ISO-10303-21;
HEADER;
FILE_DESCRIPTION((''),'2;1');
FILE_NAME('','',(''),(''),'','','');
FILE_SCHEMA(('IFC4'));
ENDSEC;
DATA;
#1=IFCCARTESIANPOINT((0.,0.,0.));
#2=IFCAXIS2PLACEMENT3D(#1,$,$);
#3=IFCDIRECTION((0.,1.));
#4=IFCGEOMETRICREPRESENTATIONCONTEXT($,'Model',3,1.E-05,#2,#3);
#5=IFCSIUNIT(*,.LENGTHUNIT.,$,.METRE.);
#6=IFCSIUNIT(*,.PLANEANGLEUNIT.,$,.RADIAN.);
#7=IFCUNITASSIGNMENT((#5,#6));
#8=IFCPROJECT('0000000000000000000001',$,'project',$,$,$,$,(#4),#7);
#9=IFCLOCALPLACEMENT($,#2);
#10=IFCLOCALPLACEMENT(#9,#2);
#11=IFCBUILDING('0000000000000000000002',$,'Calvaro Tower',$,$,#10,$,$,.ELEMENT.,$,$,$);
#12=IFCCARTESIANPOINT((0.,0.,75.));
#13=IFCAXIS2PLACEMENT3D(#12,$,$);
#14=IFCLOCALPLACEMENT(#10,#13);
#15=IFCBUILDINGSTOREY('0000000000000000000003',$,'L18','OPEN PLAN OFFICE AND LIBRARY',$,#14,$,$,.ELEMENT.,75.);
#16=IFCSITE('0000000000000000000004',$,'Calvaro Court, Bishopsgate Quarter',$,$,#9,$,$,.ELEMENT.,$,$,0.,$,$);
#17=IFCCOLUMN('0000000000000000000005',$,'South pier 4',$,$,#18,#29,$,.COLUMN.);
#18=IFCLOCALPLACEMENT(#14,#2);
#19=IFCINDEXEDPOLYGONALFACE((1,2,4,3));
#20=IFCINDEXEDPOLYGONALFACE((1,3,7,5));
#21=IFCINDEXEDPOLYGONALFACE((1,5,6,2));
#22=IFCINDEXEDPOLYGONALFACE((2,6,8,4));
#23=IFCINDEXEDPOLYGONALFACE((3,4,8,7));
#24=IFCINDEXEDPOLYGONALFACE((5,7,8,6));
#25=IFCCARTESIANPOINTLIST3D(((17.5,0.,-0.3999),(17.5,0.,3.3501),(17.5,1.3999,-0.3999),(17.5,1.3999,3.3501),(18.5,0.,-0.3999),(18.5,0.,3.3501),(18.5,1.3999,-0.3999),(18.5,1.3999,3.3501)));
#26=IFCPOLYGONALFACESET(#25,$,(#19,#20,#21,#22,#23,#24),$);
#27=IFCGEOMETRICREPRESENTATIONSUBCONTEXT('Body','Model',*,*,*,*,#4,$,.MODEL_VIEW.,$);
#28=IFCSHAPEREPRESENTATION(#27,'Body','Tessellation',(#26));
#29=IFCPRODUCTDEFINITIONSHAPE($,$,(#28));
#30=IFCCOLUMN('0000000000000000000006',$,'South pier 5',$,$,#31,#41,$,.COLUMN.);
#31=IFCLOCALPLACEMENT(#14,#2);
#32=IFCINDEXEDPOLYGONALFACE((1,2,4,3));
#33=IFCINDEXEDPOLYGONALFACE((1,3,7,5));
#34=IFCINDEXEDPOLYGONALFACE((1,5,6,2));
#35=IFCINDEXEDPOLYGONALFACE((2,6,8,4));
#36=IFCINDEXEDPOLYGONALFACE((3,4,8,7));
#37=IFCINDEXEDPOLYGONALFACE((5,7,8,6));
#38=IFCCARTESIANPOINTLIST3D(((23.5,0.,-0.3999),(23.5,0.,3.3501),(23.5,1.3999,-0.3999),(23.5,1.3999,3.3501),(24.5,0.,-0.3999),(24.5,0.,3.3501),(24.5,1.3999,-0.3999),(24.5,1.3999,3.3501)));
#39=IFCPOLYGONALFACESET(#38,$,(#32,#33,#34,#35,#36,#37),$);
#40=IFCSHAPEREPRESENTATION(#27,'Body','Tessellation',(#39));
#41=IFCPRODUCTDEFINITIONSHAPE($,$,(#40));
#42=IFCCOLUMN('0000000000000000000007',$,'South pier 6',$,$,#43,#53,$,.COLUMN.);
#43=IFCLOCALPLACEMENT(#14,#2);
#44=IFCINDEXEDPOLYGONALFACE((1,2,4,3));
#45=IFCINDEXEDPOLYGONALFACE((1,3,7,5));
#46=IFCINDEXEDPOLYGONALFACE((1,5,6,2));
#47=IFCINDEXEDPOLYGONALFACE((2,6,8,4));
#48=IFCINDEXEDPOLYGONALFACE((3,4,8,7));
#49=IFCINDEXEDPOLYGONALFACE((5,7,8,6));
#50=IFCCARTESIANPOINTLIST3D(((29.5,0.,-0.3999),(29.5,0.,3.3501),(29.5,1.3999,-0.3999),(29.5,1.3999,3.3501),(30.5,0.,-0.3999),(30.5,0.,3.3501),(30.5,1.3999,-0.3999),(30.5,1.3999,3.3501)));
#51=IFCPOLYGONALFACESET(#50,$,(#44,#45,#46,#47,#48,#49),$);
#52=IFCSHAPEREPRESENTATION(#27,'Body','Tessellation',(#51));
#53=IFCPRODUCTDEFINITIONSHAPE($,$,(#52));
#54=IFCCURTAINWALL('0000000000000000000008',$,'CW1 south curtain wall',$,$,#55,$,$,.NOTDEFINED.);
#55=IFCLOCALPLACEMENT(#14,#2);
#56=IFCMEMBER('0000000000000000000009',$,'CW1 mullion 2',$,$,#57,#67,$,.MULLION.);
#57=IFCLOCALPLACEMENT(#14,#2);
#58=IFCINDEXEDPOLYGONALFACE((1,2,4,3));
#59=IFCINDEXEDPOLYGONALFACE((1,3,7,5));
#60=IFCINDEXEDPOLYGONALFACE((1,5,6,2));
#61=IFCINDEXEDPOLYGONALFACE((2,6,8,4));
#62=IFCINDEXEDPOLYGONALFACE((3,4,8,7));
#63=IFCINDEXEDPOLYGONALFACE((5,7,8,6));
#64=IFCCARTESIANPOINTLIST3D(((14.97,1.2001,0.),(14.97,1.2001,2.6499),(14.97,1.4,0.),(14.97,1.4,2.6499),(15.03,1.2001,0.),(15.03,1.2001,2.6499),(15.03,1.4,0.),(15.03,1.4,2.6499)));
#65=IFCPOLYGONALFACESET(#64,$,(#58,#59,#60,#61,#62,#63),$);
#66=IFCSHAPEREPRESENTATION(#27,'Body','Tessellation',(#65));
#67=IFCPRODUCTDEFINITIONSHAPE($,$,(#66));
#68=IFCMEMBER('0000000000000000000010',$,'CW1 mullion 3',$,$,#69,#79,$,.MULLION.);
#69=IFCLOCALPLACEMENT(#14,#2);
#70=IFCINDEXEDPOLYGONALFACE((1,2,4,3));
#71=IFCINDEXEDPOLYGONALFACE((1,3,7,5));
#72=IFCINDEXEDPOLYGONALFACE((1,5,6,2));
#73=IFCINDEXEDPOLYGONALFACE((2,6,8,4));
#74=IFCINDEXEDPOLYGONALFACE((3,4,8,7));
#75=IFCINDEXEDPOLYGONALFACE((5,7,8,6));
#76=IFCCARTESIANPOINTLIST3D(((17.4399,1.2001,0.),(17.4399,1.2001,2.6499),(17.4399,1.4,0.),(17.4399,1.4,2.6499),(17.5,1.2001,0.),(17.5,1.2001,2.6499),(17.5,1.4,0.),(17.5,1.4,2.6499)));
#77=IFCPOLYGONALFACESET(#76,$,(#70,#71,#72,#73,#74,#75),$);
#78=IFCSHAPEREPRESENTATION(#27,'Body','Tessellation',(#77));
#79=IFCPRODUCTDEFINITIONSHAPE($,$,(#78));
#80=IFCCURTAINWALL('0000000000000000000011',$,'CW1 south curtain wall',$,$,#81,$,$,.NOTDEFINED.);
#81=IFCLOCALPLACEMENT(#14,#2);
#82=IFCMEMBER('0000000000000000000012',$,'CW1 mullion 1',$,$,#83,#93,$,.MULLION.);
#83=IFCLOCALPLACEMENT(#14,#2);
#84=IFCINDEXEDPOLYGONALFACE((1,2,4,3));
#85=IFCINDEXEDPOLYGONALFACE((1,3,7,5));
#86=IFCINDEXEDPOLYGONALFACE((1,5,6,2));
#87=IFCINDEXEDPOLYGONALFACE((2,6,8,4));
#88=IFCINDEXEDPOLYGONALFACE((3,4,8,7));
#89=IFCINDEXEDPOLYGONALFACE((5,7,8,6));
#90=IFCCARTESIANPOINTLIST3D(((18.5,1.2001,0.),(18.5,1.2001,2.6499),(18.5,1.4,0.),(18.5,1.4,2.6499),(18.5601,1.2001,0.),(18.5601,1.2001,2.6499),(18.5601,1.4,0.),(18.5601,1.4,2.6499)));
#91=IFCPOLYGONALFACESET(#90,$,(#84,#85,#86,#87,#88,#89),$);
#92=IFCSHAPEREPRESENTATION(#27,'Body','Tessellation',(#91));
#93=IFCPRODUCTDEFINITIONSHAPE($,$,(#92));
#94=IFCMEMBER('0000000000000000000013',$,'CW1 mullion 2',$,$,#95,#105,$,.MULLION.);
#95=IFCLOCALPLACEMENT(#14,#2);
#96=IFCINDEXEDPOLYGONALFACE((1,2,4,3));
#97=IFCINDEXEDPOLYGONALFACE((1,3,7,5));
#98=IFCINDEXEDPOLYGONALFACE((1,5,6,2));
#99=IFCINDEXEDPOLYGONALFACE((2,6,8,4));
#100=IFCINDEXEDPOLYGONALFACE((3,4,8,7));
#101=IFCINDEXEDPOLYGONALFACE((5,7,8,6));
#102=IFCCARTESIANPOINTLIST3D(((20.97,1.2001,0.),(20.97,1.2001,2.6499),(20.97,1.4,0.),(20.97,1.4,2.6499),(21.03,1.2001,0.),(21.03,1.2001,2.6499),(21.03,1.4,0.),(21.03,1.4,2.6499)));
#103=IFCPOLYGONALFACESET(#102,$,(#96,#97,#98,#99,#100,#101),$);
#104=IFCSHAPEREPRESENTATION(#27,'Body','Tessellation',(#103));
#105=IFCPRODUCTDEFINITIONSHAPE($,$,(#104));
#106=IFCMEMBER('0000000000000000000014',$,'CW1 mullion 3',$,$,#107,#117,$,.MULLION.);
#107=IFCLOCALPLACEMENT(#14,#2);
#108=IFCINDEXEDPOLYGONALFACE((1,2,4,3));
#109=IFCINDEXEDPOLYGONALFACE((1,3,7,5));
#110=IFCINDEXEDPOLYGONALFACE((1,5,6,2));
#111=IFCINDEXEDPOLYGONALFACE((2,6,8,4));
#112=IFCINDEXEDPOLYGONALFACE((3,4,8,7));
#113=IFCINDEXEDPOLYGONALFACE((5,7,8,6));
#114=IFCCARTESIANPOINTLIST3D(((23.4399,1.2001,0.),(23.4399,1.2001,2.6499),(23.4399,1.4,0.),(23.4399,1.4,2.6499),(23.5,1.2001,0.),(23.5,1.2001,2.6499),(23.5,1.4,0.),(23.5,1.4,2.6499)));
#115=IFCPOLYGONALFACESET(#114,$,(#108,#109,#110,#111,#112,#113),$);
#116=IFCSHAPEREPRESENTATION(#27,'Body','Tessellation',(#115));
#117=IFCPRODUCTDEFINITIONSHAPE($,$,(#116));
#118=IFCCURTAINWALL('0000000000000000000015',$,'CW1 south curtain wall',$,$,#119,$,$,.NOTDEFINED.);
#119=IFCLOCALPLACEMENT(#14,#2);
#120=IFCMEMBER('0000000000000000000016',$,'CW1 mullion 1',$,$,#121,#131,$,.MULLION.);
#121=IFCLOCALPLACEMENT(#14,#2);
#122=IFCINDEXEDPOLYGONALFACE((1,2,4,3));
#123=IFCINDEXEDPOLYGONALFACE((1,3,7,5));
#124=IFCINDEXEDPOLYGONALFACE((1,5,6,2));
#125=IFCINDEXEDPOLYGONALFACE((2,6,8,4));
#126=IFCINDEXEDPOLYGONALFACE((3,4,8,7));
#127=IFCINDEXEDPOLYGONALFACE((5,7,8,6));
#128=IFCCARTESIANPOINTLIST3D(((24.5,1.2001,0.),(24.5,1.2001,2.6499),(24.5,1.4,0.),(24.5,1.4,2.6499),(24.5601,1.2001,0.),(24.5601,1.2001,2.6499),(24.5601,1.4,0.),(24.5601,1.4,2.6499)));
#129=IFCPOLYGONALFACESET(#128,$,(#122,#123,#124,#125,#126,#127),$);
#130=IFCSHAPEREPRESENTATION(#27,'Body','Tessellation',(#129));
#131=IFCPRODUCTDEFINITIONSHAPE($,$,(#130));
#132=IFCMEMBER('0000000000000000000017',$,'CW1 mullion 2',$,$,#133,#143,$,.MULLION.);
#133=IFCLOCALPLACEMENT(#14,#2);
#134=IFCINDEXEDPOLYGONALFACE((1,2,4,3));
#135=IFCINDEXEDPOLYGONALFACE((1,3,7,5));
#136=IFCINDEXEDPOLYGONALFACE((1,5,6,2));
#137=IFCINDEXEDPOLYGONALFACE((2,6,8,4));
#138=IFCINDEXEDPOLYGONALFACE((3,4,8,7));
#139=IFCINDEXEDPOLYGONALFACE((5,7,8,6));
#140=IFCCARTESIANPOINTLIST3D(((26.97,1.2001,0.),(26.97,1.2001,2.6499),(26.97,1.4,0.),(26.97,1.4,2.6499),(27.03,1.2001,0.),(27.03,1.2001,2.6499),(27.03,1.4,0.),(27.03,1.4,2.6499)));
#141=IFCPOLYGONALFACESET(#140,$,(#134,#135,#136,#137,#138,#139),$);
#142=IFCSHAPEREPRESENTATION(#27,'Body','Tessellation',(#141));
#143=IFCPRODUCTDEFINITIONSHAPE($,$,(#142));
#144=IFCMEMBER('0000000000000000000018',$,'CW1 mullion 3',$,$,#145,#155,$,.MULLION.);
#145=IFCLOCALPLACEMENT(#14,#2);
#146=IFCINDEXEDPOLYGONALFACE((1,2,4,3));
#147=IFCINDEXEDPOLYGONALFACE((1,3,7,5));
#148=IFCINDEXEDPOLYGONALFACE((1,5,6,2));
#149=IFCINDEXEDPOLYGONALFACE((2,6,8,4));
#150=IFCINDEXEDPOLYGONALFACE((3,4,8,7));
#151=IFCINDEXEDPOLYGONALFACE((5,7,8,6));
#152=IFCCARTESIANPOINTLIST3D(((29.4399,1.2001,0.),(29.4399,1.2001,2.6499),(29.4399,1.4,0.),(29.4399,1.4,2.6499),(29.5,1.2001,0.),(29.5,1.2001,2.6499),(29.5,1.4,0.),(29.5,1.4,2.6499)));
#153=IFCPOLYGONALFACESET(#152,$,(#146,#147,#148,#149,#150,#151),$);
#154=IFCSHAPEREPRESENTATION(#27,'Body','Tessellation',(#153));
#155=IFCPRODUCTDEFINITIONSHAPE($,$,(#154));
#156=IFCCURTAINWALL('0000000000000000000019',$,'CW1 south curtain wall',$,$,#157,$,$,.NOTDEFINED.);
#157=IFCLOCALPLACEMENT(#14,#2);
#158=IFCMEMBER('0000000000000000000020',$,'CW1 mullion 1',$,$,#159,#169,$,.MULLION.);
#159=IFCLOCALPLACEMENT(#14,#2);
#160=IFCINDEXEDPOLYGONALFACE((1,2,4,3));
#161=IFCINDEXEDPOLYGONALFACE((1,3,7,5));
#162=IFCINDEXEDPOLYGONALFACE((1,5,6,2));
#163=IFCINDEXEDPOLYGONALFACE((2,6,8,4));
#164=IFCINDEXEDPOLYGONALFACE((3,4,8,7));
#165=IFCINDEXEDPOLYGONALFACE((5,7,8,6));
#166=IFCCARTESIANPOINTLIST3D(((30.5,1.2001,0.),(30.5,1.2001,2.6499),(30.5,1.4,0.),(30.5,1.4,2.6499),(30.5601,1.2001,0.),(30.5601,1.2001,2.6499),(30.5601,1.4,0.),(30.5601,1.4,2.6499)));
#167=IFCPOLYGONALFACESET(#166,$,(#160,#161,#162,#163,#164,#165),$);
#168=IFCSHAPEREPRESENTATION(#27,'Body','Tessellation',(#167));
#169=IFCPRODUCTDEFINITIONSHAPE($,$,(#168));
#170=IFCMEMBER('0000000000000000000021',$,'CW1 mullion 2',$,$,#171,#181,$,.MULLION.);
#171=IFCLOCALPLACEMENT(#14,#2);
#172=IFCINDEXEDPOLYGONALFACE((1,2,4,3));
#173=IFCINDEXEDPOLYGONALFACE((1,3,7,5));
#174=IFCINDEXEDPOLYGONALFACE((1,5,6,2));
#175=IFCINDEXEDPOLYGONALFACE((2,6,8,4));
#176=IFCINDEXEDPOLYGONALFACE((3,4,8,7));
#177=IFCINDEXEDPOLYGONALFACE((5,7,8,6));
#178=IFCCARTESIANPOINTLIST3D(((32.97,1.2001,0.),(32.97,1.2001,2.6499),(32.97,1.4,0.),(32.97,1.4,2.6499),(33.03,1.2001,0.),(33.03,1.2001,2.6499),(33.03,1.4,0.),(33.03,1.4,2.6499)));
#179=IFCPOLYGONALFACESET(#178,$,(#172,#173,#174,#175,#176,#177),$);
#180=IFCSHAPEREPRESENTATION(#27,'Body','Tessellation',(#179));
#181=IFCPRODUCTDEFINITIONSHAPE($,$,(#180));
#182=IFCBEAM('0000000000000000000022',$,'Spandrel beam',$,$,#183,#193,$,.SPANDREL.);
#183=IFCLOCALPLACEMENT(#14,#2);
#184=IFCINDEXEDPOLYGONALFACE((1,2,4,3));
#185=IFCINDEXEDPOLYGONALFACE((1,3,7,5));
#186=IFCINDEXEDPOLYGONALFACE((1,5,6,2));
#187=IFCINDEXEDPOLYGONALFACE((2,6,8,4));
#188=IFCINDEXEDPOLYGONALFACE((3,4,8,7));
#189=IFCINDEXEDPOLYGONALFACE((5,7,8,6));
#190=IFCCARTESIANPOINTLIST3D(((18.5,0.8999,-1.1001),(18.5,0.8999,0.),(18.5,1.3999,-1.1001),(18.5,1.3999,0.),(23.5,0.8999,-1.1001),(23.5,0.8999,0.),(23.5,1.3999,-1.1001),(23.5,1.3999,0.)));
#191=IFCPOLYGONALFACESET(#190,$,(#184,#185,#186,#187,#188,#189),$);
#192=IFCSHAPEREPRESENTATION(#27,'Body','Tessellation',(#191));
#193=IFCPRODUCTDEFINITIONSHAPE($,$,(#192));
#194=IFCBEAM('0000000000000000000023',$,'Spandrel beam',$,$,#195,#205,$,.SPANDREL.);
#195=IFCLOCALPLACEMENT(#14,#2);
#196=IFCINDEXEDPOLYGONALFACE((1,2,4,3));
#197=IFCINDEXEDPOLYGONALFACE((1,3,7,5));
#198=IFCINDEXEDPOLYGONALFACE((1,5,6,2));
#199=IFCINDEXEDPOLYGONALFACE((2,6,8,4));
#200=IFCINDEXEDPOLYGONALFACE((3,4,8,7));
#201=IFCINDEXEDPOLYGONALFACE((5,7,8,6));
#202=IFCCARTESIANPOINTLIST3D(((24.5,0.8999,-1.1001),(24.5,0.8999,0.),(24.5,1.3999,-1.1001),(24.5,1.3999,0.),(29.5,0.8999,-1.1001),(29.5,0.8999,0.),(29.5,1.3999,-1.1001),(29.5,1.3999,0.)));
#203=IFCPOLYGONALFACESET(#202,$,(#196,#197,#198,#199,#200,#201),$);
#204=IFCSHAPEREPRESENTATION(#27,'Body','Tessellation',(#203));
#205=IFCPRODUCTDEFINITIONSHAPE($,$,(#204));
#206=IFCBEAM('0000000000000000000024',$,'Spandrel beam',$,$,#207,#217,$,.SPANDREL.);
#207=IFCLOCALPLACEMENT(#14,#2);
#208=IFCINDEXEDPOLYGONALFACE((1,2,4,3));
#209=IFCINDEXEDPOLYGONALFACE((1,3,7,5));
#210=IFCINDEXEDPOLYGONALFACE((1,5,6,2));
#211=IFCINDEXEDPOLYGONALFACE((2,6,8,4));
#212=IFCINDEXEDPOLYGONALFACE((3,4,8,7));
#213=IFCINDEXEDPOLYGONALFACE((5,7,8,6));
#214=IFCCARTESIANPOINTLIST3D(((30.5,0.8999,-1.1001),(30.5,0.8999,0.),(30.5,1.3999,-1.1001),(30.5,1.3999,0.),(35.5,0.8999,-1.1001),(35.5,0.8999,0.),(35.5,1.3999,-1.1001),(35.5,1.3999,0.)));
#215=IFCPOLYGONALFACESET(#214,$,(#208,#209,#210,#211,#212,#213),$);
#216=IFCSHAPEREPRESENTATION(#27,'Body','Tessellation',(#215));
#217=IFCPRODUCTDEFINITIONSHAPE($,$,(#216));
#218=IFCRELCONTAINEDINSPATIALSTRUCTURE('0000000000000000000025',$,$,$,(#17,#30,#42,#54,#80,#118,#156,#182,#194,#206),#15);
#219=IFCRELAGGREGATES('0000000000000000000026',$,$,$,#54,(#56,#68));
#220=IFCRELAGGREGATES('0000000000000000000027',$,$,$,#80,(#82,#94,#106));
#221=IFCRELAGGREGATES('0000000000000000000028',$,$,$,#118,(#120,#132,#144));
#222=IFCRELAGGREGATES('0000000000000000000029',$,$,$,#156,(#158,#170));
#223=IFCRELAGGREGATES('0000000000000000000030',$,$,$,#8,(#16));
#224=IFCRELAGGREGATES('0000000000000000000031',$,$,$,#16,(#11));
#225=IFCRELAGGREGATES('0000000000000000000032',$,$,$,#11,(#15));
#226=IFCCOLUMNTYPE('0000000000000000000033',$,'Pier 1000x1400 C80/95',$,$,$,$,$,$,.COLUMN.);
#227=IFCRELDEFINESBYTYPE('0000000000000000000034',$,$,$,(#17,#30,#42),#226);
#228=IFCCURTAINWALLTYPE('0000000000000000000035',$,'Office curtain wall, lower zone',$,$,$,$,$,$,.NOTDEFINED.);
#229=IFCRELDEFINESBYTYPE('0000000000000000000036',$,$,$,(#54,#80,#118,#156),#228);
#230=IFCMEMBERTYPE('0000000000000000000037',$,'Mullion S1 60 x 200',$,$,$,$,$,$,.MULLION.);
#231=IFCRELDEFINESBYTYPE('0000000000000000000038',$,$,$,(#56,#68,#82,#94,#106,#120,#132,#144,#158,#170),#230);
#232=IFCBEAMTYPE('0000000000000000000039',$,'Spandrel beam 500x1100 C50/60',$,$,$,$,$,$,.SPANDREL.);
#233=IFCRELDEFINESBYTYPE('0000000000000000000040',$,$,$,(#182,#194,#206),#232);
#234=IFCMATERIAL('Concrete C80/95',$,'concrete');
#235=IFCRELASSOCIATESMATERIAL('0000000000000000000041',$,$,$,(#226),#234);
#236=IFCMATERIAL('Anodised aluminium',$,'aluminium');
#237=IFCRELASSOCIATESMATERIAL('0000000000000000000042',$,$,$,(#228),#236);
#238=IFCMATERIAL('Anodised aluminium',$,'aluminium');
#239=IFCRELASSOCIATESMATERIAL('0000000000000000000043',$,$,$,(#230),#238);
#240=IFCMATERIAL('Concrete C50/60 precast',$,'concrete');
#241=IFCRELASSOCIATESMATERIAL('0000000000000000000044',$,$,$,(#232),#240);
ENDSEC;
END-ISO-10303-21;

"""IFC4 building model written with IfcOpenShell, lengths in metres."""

from ifc_helpers import new_model, si_unit, direction, frame, origin, origin_2d, place, context, subcontext, project, spatial, rectangle, extrude, material, material_profile, profile_set, type_object, element, aggregate, save


model = new_model("IFC4")

# Units and contexts
model_context = context("Model", 3, precision=1e-05, world=origin(), true_north=direction((0.0, 1.0)))
body_context = subcontext(model_context, "Body", "Model", "MODEL_VIEW")
ifc_project = project(units=[si_unit("LENGTHUNIT", "METRE"), si_unit("PLANEANGLEUNIT", "RADIAN")], contexts=[model_context])

# Site, building, storey
site_placement = place(None, origin())
site = spatial("IfcSite", under=ifc_project, at=site_placement, Name="Calvaro Court, Bishopsgate Quarter", CompositionType="ELEMENT", RefElevation=0.0)
building_placement = place(site_placement, origin())
building = spatial("IfcBuilding", under=site, at=building_placement, Name="Calvaro Tower", CompositionType="ELEMENT")
storey_placement = place(building_placement, frame((0.0, 0.0, 75.0)))
storey = spatial("IfcBuildingStorey", under=building, at=storey_placement, Name="L18", Description="OPEN PLAN OFFICE AND LIBRARY", CompositionType="ELEMENT", Elevation=75.0)

# Columns
ifc_material_1 = material(Name="Concrete C80/95", Category="concrete")
ifc_material_profile_1 = material_profile(ifc_material_1, rectangle(XDim=1.0, YDim=1.3999, at=origin_2d()), Name="RC 1000x1400")
ifc_profile_set_1 = profile_set([ifc_material_profile_1], Name="Concrete C80/95")
column_type = type_object("IfcColumnType", Name="Pier 1000x1400 C80/95", PredefinedType="COLUMN", material=ifc_profile_set_1)
for number, where, z_axis, x_axis, name in (
    (1, (18.0, 0.7, -0.3999), (0.0, 0.0, 1.0), (1.0, 0.0, 0.0), "South pier 4"),
    (2, (24.0, 0.7, -0.3999), (0.0, 0.0, 1.0), (1.0, 0.0, 0.0), "South pier 5"),
    (3, (30.0, 0.7, -0.3999), (0.0, 0.0, 1.0), (1.0, 0.0, 0.0), "South pier 6"),
):
    element("IfcColumn", number, at=place(storey_placement, frame(where, z_axis=z_axis, x_axis=x_axis)), inside=storey, type_object=column_type, Name=name, PredefinedType="COLUMN", context=body_context, shape_type="SweptSolid", body=[
        extrude(rectangle(XDim=1.0, YDim=1.3999, at=origin_2d()), origin(), (0.0, 0.0, 1.0), 3.75),
    ])

# Curtain walls, members
ifc_material_2 = material(Name="Anodised aluminium", Category="aluminium")
curtain_wall_type = type_object("IfcCurtainWallType", Name="Office curtain wall, lower zone", PredefinedType="NOTDEFINED", material=ifc_material_2)
curtain_wall_1_placement = place(storey_placement, origin())
curtain_wall_1 = element("IfcCurtainWall", 4, at=curtain_wall_1_placement, inside=storey, type_object=curtain_wall_type, Name="CW1 south curtain wall", PredefinedType="NOTDEFINED")
ifc_material_3 = material(Name="Anodised aluminium", Category="aluminium")
ifc_material_profile_2 = material_profile(ifc_material_3, rectangle(XDim=0.2, YDim=0.0601, at=origin_2d()), Name="Mullion S1 60 x 200")
ifc_profile_set_2 = profile_set([ifc_material_profile_2], Name="Anodised aluminium")
member_type_1 = type_object("IfcMemberType", Name="Mullion S1 60 x 200", PredefinedType="MULLION", material=ifc_profile_set_2)
member_1_placement = place(storey_placement, frame((15.0, 1.3, 0.0), z_axis=(0.0, 0.0, 1.0), x_axis=(0.0, 1.0, 0.0)))
member_1 = element("IfcMember", 5, at=member_1_placement, type_object=member_type_1, Name="CW1 mullion 2", PredefinedType="MULLION", context=body_context, shape_type="SweptSolid", body=[
    extrude(rectangle(XDim=0.2, YDim=0.0601, at=origin_2d()), origin(), (0.0, 0.0, 1.0), 2.6499),
])
member_2_placement = place(storey_placement, frame((17.47, 1.3, 0.0), z_axis=(0.0, 0.0, 1.0), x_axis=(0.0, 1.0, 0.0)))
member_2 = element("IfcMember", 6, at=member_2_placement, type_object=member_type_1, Name="CW1 mullion 3", PredefinedType="MULLION", context=body_context, shape_type="SweptSolid", body=[
    extrude(rectangle(XDim=0.2, YDim=0.0601, at=origin_2d()), origin(), (0.0, 0.0, 1.0), 2.6499),
])
curtain_wall_2_placement = place(storey_placement, origin())
curtain_wall_2 = element("IfcCurtainWall", 7, at=curtain_wall_2_placement, inside=storey, type_object=curtain_wall_type, Name="CW1 south curtain wall", PredefinedType="NOTDEFINED")
member_3_placement = place(storey_placement, frame((18.53, 1.3, 0.0), z_axis=(0.0, 0.0, 1.0), x_axis=(0.0, 1.0, 0.0)))
member_3 = element("IfcMember", 8, at=member_3_placement, type_object=member_type_1, Name="CW1 mullion 1", PredefinedType="MULLION", context=body_context, shape_type="SweptSolid", body=[
    extrude(rectangle(XDim=0.2, YDim=0.0601, at=origin_2d()), origin(), (0.0, 0.0, 1.0), 2.6499),
])
member_4_placement = place(storey_placement, frame((21.0, 1.3, 0.0), z_axis=(0.0, 0.0, 1.0), x_axis=(0.0, 1.0, 0.0)))
member_4 = element("IfcMember", 9, at=member_4_placement, type_object=member_type_1, Name="CW1 mullion 2", PredefinedType="MULLION", context=body_context, shape_type="SweptSolid", body=[
    extrude(rectangle(XDim=0.2, YDim=0.0601, at=origin_2d()), origin(), (0.0, 0.0, 1.0), 2.6499),
])
member_5_placement = place(storey_placement, frame((23.47, 1.3, 0.0), z_axis=(0.0, 0.0, 1.0), x_axis=(0.0, 1.0, 0.0)))
member_5 = element("IfcMember", 10, at=member_5_placement, type_object=member_type_1, Name="CW1 mullion 3", PredefinedType="MULLION", context=body_context, shape_type="SweptSolid", body=[
    extrude(rectangle(XDim=0.2, YDim=0.0601, at=origin_2d()), origin(), (0.0, 0.0, 1.0), 2.6499),
])
curtain_wall_3_placement = place(storey_placement, origin())
curtain_wall_3 = element("IfcCurtainWall", 11, at=curtain_wall_3_placement, inside=storey, type_object=curtain_wall_type, Name="CW1 south curtain wall", PredefinedType="NOTDEFINED")
member_6_placement = place(storey_placement, frame((24.53, 1.3, 0.0), z_axis=(0.0, 0.0, 1.0), x_axis=(0.0, 1.0, 0.0)))
member_6 = element("IfcMember", 12, at=member_6_placement, type_object=member_type_1, Name="CW1 mullion 1", PredefinedType="MULLION", context=body_context, shape_type="SweptSolid", body=[
    extrude(rectangle(XDim=0.2, YDim=0.0601, at=origin_2d()), origin(), (0.0, 0.0, 1.0), 2.6499),
])
member_7_placement = place(storey_placement, frame((27.0, 1.3, 0.0), z_axis=(0.0, 0.0, 1.0), x_axis=(0.0, 1.0, 0.0)))
member_7 = element("IfcMember", 13, at=member_7_placement, type_object=member_type_1, Name="CW1 mullion 2", PredefinedType="MULLION", context=body_context, shape_type="SweptSolid", body=[
    extrude(rectangle(XDim=0.2, YDim=0.0601, at=origin_2d()), origin(), (0.0, 0.0, 1.0), 2.6499),
])
member_8_placement = place(storey_placement, frame((29.47, 1.3, 0.0), z_axis=(0.0, 0.0, 1.0), x_axis=(0.0, 1.0, 0.0)))
member_8 = element("IfcMember", 14, at=member_8_placement, type_object=member_type_1, Name="CW1 mullion 3", PredefinedType="MULLION", context=body_context, shape_type="SweptSolid", body=[
    extrude(rectangle(XDim=0.2, YDim=0.0601, at=origin_2d()), origin(), (0.0, 0.0, 1.0), 2.6499),
])
curtain_wall_4_placement = place(storey_placement, origin())
curtain_wall_4 = element("IfcCurtainWall", 15, at=curtain_wall_4_placement, inside=storey, type_object=curtain_wall_type, Name="CW1 south curtain wall", PredefinedType="NOTDEFINED")
member_9_placement = place(storey_placement, frame((30.53, 1.3, 0.0), z_axis=(0.0, 0.0, 1.0), x_axis=(0.0, 1.0, 0.0)))
member_9 = element("IfcMember", 16, at=member_9_placement, type_object=member_type_1, Name="CW1 mullion 1", PredefinedType="MULLION", context=body_context, shape_type="SweptSolid", body=[
    extrude(rectangle(XDim=0.2, YDim=0.0601, at=origin_2d()), origin(), (0.0, 0.0, 1.0), 2.6499),
])
member_10_placement = place(storey_placement, frame((33.0, 1.3, 0.0), z_axis=(0.0, 0.0, 1.0), x_axis=(0.0, 1.0, 0.0)))
member_10 = element("IfcMember", 17, at=member_10_placement, type_object=member_type_1, Name="CW1 mullion 2", PredefinedType="MULLION", context=body_context, shape_type="SweptSolid", body=[
    extrude(rectangle(XDim=0.2, YDim=0.0601, at=origin_2d()), origin(), (0.0, 0.0, 1.0), 2.6499),
])

# Beams
ifc_material_4 = material(Name="Concrete C50/60 precast", Category="concrete")
ifc_material_profile_3 = material_profile(ifc_material_4, rectangle(XDim=0.5, YDim=1.1001, at=origin_2d()), Name="RC 500x1100")
ifc_profile_set_3 = profile_set([ifc_material_profile_3], Name="Concrete C50/60 precast")
beam_type = type_object("IfcBeamType", Name="Spandrel beam 500x1100 C50/60", PredefinedType="SPANDREL", material=ifc_profile_set_3)
for number, where, z_axis, x_axis, name in (
    (18, (18.5, 1.1499, -0.55), (1.0, 0.0, 0.0), (0.0, 1.0, 0.0), "Spandrel beam"),
    (19, (24.5, 1.1499, -0.55), (1.0, 0.0, 0.0), (0.0, 1.0, 0.0), "Spandrel beam"),
    (20, (30.5, 1.1499, -0.55), (1.0, 0.0, 0.0), (0.0, 1.0, 0.0), "Spandrel beam"),
):
    element("IfcBeam", number, at=place(storey_placement, frame(where, z_axis=z_axis, x_axis=x_axis)), inside=storey, type_object=beam_type, Name=name, PredefinedType="SPANDREL", context=body_context, shape_type="SweptSolid", body=[
        extrude(rectangle(XDim=0.5, YDim=1.1001, at=origin_2d()), origin(), (0.0, 0.0, 1.0), 5.0),
    ])

aggregate(curtain_wall_1, [member_1, member_2])
aggregate(curtain_wall_2, [member_3, member_4, member_5])
aggregate(curtain_wall_3, [member_6, member_7, member_8])
aggregate(curtain_wall_4, [member_9, member_10])

save(model, "model.ifc")
